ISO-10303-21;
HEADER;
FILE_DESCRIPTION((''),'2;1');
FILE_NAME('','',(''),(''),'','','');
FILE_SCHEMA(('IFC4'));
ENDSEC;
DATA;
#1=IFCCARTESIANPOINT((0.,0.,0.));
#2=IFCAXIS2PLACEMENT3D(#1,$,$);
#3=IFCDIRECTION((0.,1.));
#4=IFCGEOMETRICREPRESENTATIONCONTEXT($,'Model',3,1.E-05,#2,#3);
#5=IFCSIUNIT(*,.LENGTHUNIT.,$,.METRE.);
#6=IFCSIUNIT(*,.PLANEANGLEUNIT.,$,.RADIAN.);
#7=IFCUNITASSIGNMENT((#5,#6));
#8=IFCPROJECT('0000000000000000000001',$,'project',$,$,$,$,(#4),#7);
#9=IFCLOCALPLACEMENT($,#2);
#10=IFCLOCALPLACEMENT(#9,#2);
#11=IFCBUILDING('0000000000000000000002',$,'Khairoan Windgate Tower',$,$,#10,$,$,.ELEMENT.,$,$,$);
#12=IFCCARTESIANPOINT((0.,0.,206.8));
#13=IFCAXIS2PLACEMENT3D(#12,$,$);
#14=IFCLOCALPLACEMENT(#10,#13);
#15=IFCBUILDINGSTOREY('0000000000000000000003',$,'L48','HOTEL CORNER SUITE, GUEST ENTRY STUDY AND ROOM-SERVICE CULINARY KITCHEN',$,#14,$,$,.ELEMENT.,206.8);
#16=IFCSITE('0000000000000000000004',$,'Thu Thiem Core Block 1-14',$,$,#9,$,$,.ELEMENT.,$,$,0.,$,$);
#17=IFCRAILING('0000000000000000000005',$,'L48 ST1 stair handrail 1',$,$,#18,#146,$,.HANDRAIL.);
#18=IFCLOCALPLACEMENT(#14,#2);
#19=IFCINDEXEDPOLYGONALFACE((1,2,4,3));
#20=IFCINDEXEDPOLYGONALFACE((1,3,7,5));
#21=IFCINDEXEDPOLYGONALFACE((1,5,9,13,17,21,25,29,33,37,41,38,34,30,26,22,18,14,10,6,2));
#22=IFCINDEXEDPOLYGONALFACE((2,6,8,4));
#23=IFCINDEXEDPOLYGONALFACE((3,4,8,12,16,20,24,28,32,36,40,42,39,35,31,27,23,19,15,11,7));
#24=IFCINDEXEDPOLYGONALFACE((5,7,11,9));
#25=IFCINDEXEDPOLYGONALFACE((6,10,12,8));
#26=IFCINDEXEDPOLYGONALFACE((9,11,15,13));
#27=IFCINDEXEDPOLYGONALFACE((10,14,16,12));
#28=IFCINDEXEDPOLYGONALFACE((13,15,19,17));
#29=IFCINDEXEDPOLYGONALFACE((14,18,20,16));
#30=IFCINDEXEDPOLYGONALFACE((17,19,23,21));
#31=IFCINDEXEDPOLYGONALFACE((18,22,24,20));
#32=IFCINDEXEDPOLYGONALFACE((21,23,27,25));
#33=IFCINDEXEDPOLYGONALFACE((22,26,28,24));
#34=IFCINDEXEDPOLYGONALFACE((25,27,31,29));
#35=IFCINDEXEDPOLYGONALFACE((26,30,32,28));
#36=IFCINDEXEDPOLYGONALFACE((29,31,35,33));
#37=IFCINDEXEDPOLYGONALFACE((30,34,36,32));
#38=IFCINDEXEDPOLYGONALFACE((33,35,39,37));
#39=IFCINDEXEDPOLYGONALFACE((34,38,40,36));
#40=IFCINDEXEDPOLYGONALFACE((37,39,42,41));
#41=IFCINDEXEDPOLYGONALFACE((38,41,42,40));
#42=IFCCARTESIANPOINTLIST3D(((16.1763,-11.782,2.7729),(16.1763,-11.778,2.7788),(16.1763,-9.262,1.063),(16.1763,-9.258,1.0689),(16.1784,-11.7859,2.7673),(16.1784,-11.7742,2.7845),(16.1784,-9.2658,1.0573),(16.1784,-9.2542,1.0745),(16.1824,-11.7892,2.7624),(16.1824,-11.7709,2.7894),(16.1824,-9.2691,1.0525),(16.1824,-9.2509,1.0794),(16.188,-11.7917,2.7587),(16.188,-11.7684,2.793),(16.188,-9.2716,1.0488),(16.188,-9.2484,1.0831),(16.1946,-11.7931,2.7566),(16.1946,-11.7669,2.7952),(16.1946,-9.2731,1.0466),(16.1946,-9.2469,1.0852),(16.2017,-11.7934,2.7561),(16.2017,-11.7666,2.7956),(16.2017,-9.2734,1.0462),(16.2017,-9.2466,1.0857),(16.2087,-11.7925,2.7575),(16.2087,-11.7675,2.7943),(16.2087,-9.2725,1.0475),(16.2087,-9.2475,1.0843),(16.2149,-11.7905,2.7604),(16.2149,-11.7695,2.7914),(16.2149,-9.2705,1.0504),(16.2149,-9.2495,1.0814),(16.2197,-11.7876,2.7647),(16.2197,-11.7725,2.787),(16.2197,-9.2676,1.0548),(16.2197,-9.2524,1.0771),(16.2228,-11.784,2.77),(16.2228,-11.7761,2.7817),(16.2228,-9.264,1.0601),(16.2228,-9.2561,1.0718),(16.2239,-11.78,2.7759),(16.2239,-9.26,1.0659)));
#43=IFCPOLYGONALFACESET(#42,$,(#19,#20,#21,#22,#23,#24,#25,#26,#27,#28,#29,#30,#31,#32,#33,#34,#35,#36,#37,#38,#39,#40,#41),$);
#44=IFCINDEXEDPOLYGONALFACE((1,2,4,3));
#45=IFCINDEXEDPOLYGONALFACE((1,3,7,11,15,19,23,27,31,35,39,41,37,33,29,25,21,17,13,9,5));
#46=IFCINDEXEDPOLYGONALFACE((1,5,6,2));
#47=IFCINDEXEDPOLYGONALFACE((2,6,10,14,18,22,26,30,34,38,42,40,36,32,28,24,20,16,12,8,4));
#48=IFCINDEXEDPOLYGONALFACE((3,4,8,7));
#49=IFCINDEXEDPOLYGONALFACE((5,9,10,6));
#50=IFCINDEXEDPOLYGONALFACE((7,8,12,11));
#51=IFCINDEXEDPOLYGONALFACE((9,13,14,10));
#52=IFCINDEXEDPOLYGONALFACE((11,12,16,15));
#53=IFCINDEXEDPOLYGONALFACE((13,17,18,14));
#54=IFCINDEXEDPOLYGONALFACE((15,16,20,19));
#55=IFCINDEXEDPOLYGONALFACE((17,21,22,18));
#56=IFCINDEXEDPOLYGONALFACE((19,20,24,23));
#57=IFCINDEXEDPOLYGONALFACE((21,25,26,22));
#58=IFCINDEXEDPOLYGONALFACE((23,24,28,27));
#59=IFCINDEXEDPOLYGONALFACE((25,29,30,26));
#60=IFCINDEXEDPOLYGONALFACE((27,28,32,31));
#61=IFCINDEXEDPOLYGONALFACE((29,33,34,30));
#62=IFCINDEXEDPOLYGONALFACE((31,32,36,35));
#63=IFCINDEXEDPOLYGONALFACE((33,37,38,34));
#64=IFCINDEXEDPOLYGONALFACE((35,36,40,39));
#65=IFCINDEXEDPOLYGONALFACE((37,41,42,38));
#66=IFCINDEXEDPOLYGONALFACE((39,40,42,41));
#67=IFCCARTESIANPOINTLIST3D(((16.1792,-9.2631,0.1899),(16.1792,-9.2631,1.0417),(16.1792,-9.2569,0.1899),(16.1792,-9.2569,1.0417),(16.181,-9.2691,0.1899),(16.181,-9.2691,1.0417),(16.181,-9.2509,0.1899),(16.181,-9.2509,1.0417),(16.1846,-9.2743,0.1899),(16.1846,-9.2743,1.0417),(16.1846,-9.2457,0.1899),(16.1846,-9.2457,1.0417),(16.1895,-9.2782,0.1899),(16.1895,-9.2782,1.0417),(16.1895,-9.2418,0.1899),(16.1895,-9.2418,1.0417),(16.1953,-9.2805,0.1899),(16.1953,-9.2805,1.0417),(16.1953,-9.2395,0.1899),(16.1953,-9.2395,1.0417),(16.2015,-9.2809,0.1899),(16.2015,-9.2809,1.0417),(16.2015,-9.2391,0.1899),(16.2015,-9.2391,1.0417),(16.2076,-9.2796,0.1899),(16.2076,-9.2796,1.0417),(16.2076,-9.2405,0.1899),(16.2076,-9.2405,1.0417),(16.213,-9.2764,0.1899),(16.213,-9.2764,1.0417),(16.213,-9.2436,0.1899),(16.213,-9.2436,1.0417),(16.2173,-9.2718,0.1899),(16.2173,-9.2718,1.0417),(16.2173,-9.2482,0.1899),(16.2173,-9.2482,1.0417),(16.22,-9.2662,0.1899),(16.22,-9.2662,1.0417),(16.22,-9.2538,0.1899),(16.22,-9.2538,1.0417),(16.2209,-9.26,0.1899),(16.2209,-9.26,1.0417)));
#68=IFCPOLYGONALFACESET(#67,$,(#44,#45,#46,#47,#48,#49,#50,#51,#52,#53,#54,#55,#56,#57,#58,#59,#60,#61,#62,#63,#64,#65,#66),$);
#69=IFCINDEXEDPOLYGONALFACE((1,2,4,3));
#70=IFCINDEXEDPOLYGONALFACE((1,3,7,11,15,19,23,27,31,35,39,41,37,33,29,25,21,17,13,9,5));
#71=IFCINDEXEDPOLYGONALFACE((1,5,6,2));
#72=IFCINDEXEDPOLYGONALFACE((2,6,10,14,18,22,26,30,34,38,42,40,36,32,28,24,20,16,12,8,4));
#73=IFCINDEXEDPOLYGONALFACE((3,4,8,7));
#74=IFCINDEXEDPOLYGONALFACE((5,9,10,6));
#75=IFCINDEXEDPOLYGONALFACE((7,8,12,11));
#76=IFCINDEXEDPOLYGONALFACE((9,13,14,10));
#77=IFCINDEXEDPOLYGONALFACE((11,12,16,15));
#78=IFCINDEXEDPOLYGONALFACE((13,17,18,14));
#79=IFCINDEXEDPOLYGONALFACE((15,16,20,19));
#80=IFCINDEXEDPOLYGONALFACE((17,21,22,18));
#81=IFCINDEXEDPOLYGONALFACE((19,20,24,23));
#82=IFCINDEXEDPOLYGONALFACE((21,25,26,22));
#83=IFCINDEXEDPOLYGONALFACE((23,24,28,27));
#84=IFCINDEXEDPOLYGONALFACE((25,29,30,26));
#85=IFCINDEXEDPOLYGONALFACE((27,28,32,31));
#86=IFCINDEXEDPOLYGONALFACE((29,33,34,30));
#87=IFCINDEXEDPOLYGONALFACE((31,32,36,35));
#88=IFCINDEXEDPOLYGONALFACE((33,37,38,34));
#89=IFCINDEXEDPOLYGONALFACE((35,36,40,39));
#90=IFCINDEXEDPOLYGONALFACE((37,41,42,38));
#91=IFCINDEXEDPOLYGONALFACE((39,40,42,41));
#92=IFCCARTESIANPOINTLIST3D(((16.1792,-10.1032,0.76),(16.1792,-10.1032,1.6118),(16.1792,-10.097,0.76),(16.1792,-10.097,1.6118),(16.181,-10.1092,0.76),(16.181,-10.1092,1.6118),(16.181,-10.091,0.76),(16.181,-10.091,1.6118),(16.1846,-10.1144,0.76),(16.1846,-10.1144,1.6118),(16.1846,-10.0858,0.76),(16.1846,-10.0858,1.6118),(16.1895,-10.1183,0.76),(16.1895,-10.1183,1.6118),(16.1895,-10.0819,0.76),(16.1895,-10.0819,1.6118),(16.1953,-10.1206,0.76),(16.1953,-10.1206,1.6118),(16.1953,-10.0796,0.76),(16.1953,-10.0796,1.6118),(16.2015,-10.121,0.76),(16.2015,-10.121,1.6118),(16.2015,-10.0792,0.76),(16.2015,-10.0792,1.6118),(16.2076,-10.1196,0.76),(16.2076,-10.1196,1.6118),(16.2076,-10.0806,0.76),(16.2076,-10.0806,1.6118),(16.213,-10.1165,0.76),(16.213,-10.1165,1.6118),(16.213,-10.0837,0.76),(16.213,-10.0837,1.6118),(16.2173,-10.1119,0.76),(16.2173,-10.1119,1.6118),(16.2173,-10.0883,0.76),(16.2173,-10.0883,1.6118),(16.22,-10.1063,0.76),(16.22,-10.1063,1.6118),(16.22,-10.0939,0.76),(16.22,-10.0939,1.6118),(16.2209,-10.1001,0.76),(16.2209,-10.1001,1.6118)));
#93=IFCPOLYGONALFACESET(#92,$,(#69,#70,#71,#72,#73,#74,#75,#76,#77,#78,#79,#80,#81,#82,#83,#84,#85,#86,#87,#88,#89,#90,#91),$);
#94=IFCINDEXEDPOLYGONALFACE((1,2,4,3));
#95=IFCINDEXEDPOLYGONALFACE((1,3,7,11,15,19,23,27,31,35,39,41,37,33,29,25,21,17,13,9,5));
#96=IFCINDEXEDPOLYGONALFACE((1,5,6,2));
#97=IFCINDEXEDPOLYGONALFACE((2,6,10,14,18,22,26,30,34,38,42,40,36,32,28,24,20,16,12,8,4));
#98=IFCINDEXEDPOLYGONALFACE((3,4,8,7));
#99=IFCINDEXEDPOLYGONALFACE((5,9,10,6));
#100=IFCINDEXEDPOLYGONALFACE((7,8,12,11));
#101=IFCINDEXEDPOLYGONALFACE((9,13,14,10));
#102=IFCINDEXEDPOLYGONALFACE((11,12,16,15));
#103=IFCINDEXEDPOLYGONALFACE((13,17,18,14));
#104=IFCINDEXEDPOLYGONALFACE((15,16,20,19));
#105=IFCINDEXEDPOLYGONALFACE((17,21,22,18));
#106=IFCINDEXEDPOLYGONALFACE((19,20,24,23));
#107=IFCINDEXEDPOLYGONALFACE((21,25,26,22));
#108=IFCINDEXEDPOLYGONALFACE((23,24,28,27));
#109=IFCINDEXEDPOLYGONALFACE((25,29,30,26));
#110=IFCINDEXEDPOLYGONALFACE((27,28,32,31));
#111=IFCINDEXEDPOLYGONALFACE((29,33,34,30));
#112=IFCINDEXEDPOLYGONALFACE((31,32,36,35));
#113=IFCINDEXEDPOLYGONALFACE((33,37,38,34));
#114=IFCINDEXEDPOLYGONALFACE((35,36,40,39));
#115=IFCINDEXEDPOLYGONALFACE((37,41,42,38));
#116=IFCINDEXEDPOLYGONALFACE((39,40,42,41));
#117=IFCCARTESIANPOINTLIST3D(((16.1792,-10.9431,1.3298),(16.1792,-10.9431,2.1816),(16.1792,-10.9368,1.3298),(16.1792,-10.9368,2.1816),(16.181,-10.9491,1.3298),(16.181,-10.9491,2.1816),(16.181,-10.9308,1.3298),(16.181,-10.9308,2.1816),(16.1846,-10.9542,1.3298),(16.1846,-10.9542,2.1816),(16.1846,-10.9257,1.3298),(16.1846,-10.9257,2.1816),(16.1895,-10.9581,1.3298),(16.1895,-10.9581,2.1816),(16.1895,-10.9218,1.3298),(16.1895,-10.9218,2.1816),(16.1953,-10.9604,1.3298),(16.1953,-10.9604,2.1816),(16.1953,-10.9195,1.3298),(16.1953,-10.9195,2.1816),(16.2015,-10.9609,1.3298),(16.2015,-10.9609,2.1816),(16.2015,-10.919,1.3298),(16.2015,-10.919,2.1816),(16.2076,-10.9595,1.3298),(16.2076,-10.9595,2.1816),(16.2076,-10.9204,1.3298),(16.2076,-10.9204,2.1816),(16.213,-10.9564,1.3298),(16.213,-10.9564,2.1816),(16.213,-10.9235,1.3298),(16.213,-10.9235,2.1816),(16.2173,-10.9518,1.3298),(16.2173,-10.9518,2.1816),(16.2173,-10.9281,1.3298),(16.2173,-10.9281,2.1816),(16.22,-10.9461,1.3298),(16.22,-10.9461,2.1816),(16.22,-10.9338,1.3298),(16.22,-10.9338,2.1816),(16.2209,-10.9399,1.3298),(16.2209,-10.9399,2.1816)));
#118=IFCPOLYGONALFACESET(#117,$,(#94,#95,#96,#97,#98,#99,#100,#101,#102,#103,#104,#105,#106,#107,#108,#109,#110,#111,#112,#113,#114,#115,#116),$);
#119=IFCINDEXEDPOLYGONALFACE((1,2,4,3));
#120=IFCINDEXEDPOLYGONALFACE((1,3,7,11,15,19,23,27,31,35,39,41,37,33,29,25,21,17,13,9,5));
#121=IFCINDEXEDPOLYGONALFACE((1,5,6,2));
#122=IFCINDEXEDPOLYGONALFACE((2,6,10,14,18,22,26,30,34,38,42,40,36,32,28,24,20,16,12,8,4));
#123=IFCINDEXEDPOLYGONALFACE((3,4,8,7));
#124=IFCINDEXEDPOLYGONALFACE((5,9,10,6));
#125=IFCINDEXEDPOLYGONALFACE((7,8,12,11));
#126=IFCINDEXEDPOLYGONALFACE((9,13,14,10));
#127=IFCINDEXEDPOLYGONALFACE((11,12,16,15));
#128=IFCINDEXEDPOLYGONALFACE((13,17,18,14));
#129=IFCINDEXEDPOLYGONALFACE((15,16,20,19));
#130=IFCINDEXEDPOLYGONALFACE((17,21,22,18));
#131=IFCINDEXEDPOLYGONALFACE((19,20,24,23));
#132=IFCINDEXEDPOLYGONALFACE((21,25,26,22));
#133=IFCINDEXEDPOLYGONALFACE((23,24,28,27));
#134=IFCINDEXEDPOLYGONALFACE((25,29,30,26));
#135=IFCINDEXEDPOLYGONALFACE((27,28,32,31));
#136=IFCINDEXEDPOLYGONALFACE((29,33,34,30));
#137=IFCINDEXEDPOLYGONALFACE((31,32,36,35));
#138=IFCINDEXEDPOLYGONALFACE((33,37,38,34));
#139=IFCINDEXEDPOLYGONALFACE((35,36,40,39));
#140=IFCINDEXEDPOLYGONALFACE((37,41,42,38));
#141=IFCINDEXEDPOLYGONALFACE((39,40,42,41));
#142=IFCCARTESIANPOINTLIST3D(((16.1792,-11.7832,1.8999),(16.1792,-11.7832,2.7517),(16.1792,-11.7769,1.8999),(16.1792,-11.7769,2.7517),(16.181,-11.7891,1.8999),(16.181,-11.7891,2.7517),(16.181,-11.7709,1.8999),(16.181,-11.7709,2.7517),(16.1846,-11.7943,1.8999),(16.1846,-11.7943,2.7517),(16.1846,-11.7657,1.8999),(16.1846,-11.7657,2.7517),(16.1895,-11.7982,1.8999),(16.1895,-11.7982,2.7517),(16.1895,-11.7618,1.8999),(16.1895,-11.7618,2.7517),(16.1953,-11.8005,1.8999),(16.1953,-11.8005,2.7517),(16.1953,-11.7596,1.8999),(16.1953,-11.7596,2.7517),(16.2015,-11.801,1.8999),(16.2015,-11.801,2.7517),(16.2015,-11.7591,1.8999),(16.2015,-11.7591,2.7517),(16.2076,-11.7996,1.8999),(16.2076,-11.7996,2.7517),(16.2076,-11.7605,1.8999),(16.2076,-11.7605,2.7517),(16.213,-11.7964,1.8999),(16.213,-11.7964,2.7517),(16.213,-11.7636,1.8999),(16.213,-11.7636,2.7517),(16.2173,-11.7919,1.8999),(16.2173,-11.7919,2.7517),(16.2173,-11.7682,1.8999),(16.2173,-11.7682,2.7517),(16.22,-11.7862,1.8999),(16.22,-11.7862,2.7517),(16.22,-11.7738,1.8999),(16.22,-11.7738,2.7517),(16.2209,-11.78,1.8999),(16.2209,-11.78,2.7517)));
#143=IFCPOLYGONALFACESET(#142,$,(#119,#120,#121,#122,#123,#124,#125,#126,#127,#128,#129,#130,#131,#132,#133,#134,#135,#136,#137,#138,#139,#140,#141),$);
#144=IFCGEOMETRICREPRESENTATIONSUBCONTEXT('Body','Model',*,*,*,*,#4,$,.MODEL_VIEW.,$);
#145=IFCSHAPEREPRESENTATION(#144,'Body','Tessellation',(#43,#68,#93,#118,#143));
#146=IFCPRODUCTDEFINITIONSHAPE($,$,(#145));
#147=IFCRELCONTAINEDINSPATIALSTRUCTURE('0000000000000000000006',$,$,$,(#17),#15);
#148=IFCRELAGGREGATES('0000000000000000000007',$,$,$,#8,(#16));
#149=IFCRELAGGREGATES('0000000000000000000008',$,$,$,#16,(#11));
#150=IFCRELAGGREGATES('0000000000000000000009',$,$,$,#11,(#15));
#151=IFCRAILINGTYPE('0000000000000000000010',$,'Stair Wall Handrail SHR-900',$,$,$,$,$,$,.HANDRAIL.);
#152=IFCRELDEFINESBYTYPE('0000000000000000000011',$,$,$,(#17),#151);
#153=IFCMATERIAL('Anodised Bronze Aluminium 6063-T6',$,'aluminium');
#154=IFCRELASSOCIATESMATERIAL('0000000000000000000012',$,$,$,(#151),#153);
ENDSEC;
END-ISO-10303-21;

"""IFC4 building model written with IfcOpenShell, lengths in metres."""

from ifc_helpers import new_model, si_unit, direction, frame, origin, origin_2d, place, context, subcontext, project, spatial, circle, extrude, material, type_object, element, save


model = new_model("IFC4")

# Units and contexts
model_context = context("Model", 3, precision=1e-05, world=origin(), true_north=direction((0.0, 1.0)))
body_context = subcontext(model_context, "Body", "Model", "MODEL_VIEW")
ifc_project = project(units=[si_unit("LENGTHUNIT", "METRE"), si_unit("PLANEANGLEUNIT", "RADIAN")], contexts=[model_context])

# Site, building, storey
site_placement = place(None, origin())
site = spatial("IfcSite", under=ifc_project, at=site_placement, Name="Thu Thiem Core Block 1-14", CompositionType="ELEMENT", RefElevation=0.0)
building_placement = place(site_placement, origin())
building = spatial("IfcBuilding", under=site, at=building_placement, Name="Khairoan Windgate Tower", CompositionType="ELEMENT")
storey_placement = place(building_placement, frame((0.0, 0.0, 206.8)))
storey = spatial("IfcBuildingStorey", under=building, at=storey_placement, Name="L48", Description="HOTEL CORNER SUITE, GUEST ENTRY STUDY AND ROOM-SERVICE CULINARY KITCHEN", CompositionType="ELEMENT", Elevation=206.8)

# Railing
ifc_material_1 = material(Name="Anodised Bronze Aluminium 6063-T6", Category="aluminium")
railing_type_1 = type_object("IfcRailingType", Name="Stair Wall Handrail SHR-900", PredefinedType="HANDRAIL", material=ifc_material_1)
railing_1_placement = place(storey_placement, frame((16.2, -9.26, 0.1899)))
element("IfcRailing", 1, at=railing_1_placement, inside=storey, type_object=railing_type_1, Name="L48 ST1 stair handrail 1", PredefinedType="HANDRAIL", context=body_context, shape_type="SweptSolid", body=[
    extrude(circle(Radius=0.0239, at=origin_2d()), frame((0.0, 0.0, 0.876), z_axis=(0.0, -0.827484, 0.56149), x_axis=(1.0, 0.0, 0.0)), (0.0, 0.0, 1.0), 3.0454),
    extrude(circle(Radius=0.021, at=origin_2d()), origin(), (0.0, 0.0, 1.0), 0.8518),
    extrude(circle(Radius=0.021, at=origin_2d()), frame((0.0, -0.8401, 0.5701)), (0.0, 0.0, 1.0), 0.8518),
    extrude(circle(Radius=0.021, at=origin_2d()), frame((0.0, -1.6799, 1.1399)), (0.0, 0.0, 1.0), 0.8518),
    extrude(circle(Radius=0.021, at=origin_2d()), frame((0.0, -2.52, 1.71)), (0.0, 0.0, 1.0), 0.8518),
])

save(model, "model.ifc")
